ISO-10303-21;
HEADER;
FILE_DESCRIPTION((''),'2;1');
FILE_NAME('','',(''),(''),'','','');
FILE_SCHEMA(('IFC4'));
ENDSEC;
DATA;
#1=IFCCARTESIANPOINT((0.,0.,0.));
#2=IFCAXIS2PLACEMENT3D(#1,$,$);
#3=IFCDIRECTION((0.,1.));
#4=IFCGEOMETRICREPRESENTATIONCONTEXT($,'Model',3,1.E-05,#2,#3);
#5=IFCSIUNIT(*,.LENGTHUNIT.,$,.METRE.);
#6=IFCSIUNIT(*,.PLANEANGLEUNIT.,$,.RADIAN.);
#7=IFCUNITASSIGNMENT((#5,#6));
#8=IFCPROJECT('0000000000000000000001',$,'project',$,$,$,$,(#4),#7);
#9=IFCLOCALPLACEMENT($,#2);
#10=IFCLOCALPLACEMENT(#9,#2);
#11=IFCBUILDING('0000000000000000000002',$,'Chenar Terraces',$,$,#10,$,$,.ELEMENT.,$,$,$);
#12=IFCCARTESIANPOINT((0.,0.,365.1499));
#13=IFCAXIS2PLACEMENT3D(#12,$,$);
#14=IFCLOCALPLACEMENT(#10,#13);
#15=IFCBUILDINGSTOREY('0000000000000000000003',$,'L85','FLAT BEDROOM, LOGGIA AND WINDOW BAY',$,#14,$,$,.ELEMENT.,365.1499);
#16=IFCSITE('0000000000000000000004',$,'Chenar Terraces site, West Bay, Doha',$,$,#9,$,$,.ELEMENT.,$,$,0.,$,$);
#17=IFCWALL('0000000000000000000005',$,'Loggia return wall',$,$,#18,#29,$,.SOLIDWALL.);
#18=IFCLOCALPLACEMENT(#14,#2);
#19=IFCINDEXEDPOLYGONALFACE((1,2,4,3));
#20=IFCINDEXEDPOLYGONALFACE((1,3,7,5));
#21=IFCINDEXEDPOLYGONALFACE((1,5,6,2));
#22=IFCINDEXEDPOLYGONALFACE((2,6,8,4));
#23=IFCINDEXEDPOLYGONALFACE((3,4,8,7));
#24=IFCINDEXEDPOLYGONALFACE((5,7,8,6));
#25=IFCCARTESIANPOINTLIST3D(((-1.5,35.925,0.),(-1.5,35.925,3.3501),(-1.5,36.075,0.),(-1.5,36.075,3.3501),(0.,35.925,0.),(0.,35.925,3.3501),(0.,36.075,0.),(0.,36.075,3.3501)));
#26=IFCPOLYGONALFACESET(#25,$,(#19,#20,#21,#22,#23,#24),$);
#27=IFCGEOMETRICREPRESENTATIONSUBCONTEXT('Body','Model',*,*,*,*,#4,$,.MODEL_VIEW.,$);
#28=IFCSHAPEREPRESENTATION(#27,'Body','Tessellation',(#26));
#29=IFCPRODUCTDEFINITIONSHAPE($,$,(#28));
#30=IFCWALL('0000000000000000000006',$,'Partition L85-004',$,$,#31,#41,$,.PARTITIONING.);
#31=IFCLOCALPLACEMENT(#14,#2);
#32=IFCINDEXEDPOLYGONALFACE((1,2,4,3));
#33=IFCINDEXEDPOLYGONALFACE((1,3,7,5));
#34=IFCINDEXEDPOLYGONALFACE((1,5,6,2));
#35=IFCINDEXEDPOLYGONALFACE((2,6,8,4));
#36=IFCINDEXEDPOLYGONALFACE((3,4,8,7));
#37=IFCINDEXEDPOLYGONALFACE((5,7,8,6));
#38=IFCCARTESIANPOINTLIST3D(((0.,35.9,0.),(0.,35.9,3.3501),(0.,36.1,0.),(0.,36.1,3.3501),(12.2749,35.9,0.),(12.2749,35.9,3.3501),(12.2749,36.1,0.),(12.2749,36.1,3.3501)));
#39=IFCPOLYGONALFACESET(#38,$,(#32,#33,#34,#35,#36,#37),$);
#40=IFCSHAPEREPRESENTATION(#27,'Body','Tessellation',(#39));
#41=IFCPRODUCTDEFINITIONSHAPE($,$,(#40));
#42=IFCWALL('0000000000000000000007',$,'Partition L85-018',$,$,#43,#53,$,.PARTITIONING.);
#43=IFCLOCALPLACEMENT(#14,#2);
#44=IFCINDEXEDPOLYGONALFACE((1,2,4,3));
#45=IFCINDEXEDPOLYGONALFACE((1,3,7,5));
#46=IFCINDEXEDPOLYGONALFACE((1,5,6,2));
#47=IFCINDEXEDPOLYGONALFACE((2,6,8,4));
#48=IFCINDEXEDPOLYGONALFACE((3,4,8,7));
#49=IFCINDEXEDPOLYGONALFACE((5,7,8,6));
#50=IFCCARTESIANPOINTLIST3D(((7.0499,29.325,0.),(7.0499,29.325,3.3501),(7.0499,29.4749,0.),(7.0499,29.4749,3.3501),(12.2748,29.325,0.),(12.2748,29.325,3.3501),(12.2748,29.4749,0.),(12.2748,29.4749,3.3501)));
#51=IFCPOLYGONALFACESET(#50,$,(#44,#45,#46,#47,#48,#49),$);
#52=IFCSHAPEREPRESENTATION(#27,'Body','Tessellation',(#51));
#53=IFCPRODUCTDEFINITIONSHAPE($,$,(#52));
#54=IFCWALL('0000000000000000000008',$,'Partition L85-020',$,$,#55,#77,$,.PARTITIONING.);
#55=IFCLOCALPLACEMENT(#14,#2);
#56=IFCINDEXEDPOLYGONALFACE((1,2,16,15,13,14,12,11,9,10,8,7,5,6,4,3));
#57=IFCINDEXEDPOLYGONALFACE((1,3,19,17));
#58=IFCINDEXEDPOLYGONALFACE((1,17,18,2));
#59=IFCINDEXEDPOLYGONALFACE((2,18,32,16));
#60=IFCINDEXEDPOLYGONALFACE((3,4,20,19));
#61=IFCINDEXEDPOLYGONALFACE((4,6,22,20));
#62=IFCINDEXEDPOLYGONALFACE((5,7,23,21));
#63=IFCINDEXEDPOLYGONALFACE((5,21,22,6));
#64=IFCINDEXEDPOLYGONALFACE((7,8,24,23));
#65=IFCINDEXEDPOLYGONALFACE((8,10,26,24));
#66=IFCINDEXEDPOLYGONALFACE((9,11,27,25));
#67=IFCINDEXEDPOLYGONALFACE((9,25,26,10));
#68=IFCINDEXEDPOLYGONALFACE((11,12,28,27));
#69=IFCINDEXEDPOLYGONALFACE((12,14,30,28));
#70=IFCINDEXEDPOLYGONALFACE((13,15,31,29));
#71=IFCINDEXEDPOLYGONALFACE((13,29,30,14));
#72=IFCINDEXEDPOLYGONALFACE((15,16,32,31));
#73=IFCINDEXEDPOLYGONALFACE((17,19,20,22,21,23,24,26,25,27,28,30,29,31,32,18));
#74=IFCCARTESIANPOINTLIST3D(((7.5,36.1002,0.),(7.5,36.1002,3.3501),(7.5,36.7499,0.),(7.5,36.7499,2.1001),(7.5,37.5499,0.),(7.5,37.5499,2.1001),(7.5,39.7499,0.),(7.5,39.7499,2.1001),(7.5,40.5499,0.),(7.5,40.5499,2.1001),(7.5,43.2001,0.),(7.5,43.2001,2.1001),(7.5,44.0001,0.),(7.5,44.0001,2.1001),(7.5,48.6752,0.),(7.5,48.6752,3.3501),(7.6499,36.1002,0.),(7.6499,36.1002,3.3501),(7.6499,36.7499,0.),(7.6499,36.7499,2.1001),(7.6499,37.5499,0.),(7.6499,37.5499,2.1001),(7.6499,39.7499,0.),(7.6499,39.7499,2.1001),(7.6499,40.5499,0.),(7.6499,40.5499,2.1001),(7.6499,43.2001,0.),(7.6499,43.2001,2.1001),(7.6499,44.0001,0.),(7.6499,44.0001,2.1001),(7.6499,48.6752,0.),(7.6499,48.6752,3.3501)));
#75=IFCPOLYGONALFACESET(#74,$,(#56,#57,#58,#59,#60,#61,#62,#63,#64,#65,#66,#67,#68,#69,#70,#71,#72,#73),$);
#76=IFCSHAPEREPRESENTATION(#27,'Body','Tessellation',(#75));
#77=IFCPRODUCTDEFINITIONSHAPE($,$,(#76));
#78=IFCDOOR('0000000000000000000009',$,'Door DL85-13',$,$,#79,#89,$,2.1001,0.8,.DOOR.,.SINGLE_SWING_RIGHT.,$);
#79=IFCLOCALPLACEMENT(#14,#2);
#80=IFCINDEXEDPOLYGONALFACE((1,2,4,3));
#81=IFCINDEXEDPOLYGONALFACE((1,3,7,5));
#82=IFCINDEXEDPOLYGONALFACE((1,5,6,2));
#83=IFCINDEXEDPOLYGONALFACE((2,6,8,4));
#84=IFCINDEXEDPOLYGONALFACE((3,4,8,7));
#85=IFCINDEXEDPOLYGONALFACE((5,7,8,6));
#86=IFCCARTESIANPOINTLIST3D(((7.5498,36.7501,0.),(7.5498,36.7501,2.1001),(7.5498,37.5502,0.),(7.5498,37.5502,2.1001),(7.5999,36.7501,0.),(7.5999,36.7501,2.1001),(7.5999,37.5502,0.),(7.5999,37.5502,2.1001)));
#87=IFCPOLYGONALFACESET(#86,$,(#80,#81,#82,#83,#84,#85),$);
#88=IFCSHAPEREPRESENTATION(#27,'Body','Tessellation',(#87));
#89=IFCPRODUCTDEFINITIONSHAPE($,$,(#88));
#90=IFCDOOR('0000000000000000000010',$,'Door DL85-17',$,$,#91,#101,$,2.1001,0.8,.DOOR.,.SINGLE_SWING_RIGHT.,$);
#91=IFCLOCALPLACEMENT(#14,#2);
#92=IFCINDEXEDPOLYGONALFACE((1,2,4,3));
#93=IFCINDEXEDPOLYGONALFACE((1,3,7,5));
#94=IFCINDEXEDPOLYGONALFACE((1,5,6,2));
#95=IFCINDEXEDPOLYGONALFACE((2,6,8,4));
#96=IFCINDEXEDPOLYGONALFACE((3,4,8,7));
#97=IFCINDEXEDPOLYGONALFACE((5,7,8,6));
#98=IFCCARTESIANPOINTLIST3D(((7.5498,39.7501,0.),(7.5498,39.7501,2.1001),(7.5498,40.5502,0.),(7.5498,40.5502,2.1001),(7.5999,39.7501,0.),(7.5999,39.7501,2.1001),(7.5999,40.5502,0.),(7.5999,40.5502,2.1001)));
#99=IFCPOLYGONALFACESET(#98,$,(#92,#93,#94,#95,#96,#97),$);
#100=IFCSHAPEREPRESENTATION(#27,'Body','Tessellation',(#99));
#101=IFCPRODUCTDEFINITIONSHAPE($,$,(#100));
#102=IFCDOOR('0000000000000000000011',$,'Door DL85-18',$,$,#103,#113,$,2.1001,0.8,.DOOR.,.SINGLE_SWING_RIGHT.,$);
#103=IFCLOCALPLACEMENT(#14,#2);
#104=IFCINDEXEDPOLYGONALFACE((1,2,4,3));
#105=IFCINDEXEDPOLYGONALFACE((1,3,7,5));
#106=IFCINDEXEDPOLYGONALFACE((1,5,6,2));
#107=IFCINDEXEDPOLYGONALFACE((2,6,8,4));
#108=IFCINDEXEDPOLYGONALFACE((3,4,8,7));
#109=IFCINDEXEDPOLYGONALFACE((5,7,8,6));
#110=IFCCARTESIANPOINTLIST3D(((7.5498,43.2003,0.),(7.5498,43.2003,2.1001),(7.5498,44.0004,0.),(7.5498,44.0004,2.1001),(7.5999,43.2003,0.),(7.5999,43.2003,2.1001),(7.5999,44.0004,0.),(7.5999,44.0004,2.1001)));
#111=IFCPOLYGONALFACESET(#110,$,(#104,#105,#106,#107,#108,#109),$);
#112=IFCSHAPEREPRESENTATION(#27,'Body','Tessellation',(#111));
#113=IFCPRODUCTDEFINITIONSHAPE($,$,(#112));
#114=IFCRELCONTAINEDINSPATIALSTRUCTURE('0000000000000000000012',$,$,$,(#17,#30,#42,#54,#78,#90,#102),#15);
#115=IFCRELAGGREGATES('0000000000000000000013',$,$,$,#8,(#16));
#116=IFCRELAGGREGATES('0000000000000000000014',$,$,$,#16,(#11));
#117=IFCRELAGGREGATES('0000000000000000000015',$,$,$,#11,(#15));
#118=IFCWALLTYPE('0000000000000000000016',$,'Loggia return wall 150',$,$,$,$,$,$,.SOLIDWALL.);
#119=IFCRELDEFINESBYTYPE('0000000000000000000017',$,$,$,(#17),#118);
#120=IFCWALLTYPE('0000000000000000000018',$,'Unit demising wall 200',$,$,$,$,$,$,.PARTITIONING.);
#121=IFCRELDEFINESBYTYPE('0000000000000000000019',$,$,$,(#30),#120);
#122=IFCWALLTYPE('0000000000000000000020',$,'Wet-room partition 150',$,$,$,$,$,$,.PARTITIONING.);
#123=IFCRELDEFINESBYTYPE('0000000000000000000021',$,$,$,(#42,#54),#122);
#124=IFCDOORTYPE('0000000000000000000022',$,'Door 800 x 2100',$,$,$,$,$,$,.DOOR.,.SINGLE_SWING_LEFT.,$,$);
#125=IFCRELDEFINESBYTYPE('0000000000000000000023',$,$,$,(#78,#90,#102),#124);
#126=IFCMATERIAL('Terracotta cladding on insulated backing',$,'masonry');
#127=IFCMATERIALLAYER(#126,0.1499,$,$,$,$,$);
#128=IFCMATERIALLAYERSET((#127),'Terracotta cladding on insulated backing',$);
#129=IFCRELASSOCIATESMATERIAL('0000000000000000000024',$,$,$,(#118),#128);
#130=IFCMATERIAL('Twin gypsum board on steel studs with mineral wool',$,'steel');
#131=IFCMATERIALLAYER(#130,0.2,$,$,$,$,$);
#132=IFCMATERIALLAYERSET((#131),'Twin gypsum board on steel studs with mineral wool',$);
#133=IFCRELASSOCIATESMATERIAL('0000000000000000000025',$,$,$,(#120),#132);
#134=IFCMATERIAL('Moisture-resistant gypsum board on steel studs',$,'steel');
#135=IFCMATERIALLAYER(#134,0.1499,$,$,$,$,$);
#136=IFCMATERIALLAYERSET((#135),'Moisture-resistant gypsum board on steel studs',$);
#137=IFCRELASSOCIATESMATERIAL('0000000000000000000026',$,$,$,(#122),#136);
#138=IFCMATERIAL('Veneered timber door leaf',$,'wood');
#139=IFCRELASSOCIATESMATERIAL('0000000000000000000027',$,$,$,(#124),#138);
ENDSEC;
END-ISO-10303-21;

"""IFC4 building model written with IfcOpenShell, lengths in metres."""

from ifc_helpers import new_model, si_unit, direction, frame, frame_2d, origin, place, context, subcontext, project, spatial, rectangle, extrude, material, layer, layer_set, type_object, element, fill, save


model = new_model("IFC4")

# Units and contexts
model_context = context("Model", 3, precision=1e-05, world=origin(), true_north=direction((0.0, 1.0)))
body_context = subcontext(model_context, "Body", "Model", "MODEL_VIEW")
ifc_project = project(units=[si_unit("LENGTHUNIT", "METRE"), si_unit("PLANEANGLEUNIT", "RADIAN")], contexts=[model_context])

# Site, building, storey
site_placement = place(None, origin())
site = spatial("IfcSite", under=ifc_project, at=site_placement, Name="Chenar Terraces site, West Bay, Doha", CompositionType="ELEMENT", RefElevation=0.0)
building_placement = place(site_placement, origin())
building = spatial("IfcBuilding", under=site, at=building_placement, Name="Chenar Terraces", CompositionType="ELEMENT")
storey_placement = place(building_placement, frame((0.0, 0.0, 365.1499)))
storey = spatial("IfcBuildingStorey", under=building, at=storey_placement, Name="L85", Description="FLAT BEDROOM, LOGGIA AND WINDOW BAY", CompositionType="ELEMENT", Elevation=365.1499)

# Shared definitions
placement = place(storey_placement, frame((0.0, 36.0, 0.0), z_axis=(0.0, 0.0, 1.0), x_axis=(1.0, 0.0, 0.0)))

# Walls
ifc_material_1 = material(Name="Terracotta cladding on insulated backing", Category="masonry")
ifc_layer_1 = layer(ifc_material_1, 0.1499)
ifc_layer_set_1 = layer_set([ifc_layer_1], Name="Terracotta cladding on insulated backing")
wall_type_1 = type_object("IfcWallType", Name="Loggia return wall 150", PredefinedType="SOLIDWALL", material=ifc_layer_set_1)
wall_1_placement = place(storey_placement, frame((-1.5, 36.0, 0.0), z_axis=(0.0, 0.0, 1.0), x_axis=(1.0, 0.0, 0.0)))
element("IfcWall", 1, at=wall_1_placement, inside=storey, type_object=wall_type_1, Name="Loggia return wall", PredefinedType="SOLIDWALL", context=body_context, shape_type="SweptSolid", body=[
    extrude(rectangle(XDim=1.5, YDim=0.1499, at=frame_2d((0.75, 0.0))), origin(), (0.0, 0.0, 1.0), 3.3501),
])
ifc_material_2 = material(Name="Twin gypsum board on steel studs with mineral wool", Category="steel")
ifc_layer_2 = layer(ifc_material_2, 0.2)
ifc_layer_set_2 = layer_set([ifc_layer_2], Name="Twin gypsum board on steel studs with mineral wool")
wall_type_2 = type_object("IfcWallType", Name="Unit demising wall 200", PredefinedType="PARTITIONING", material=ifc_layer_set_2)
element("IfcWall", 2, at=placement, inside=storey, type_object=wall_type_2, Name="Partition L85-004", PredefinedType="PARTITIONING", context=body_context, shape_type="SweptSolid", body=[
    extrude(rectangle(XDim=12.2749, YDim=0.2, at=frame_2d((6.1375, 0.0))), origin(), (0.0, 0.0, 1.0), 3.3501),
])
ifc_material_3 = material(Name="Moisture-resistant gypsum board on steel studs", Category="steel")
ifc_layer_3 = layer(ifc_material_3, 0.1499)
ifc_layer_set_3 = layer_set([ifc_layer_3], Name="Moisture-resistant gypsum board on steel studs")
wall_type_3 = type_object("IfcWallType", Name="Wet-room partition 150", PredefinedType="PARTITIONING", material=ifc_layer_set_3)
wall_2_placement = place(storey_placement, frame((7.05, 29.3999, 0.0), z_axis=(0.0, 0.0, 1.0), x_axis=(1.0, 0.0, 0.0)))
element("IfcWall", 3, at=wall_2_placement, inside=storey, type_object=wall_type_3, Name="Partition L85-018", PredefinedType="PARTITIONING", context=body_context, shape_type="SweptSolid", body=[
    extrude(rectangle(XDim=5.2249, YDim=0.1499, at=frame_2d((2.6123, 0.0))), origin(), (0.0, 0.0, 1.0), 3.3501),
])

# Wall, openings, doors
wall_3_placement = place(storey_placement, frame((7.575, 36.1001, 0.0), z_axis=(0.0, 0.0, 1.0), x_axis=(0.0, 1.0, 0.0)))
wall_3 = element("IfcWall", 4, at=wall_3_placement, inside=storey, type_object=wall_type_3, Name="Partition L85-020", PredefinedType="PARTITIONING", context=body_context, shape_type="SweptSolid", body=[
    extrude(rectangle(XDim=12.575, YDim=0.1499, at=frame_2d((6.2876, 0.0))), origin(), (0.0, 0.0, 1.0), 3.3501),
])
opening_1_placement = place(wall_3_placement, frame((0.6499, 0.0, 0.0)))
opening_1 = element("IfcOpeningElement", 5, at=opening_1_placement, cuts=wall_3, PredefinedType="OPENING", context=body_context, shape_type="SweptSolid", body=[
    extrude(rectangle(XDim=0.8, YDim=2.1001, at=frame_2d((0.3999, 1.05))), frame((0.0, 0.085, 0.0), z_axis=(0.0, -1.0, 0.0), x_axis=(1.0, 0.0, 0.0)), (0.0, 0.0, 1.0), 0.1699),
])
opening_2_placement = place(wall_3_placement, frame((3.6499, 0.0, 0.0)))
opening_2 = element("IfcOpeningElement", 6, at=opening_2_placement, cuts=wall_3, PredefinedType="OPENING", context=body_context, shape_type="SweptSolid", body=[
    extrude(rectangle(XDim=0.8, YDim=2.1001, at=frame_2d((0.3999, 1.05))), frame((0.0, 0.085, 0.0), z_axis=(0.0, -1.0, 0.0), x_axis=(1.0, 0.0, 0.0)), (0.0, 0.0, 1.0), 0.1699),
])
opening_3_placement = place(wall_3_placement, frame((7.1001, 0.0, 0.0)))
opening_3 = element("IfcOpeningElement", 7, at=opening_3_placement, cuts=wall_3, PredefinedType="OPENING", context=body_context, shape_type="SweptSolid", body=[
    extrude(rectangle(XDim=0.8, YDim=2.1001, at=frame_2d((0.3999, 1.05))), frame((0.0, 0.085, 0.0), z_axis=(0.0, -1.0, 0.0), x_axis=(1.0, 0.0, 0.0)), (0.0, 0.0, 1.0), 0.1699),
])
ifc_material_4 = material(Name="Veneered timber door leaf", Category="wood")
door_type_1 = type_object("IfcDoorType", Name="Door 800 x 2100", OperationType="SINGLE_SWING_LEFT", PredefinedType="DOOR", material=ifc_material_4)
door_1_placement = place(opening_1_placement, frame((0.8, 0.0, 0.0), z_axis=(0.0, 0.0, 1.0), x_axis=(-1.0, 0.0, 0.0)))
door_1 = element("IfcDoor", 8, at=door_1_placement, inside=storey, type_object=door_type_1, Name="Door DL85-13", OperationType="SINGLE_SWING_RIGHT", OverallHeight=2.1001, OverallWidth=0.8, PredefinedType="DOOR", context=body_context, shape_type="SweptSolid", body=[
    extrude(rectangle(XDim=0.8, YDim=2.1001, at=frame_2d((0.3999, 1.05))), frame((0.0, 0.0249, 0.0), z_axis=(0.0, -1.0, 0.0), x_axis=(1.0, 0.0, 0.0)), (0.0, 0.0, 1.0), 0.05),
])
fill(opening_1, door_1)
door_2_placement = place(opening_2_placement, frame((0.8, 0.0, 0.0), z_axis=(0.0, 0.0, 1.0), x_axis=(-1.0, 0.0, 0.0)))
door_2 = element("IfcDoor", 9, at=door_2_placement, inside=storey, type_object=door_type_1, Name="Door DL85-17", OperationType="SINGLE_SWING_RIGHT", OverallHeight=2.1001, OverallWidth=0.8, PredefinedType="DOOR", context=body_context, shape_type="SweptSolid", body=[
    extrude(rectangle(XDim=0.8, YDim=2.1001, at=frame_2d((0.3999, 1.05))), frame((0.0, 0.0249, 0.0), z_axis=(0.0, -1.0, 0.0), x_axis=(1.0, 0.0, 0.0)), (0.0, 0.0, 1.0), 0.05),
])
fill(opening_2, door_2)
door_3_placement = place(opening_3_placement, frame((0.8, 0.0, 0.0), z_axis=(0.0, 0.0, 1.0), x_axis=(-1.0, 0.0, 0.0)))
door_3 = element("IfcDoor", 10, at=door_3_placement, inside=storey, type_object=door_type_1, Name="Door DL85-18", OperationType="SINGLE_SWING_RIGHT", OverallHeight=2.1001, OverallWidth=0.8, PredefinedType="DOOR", context=body_context, shape_type="SweptSolid", body=[
    extrude(rectangle(XDim=0.8, YDim=2.1001, at=frame_2d((0.3999, 1.05))), frame((0.0, 0.0249, 0.0), z_axis=(0.0, -1.0, 0.0), x_axis=(1.0, 0.0, 0.0)), (0.0, 0.0, 1.0), 0.05),
])
fill(opening_3, door_3)

save(model, "model.ifc")
